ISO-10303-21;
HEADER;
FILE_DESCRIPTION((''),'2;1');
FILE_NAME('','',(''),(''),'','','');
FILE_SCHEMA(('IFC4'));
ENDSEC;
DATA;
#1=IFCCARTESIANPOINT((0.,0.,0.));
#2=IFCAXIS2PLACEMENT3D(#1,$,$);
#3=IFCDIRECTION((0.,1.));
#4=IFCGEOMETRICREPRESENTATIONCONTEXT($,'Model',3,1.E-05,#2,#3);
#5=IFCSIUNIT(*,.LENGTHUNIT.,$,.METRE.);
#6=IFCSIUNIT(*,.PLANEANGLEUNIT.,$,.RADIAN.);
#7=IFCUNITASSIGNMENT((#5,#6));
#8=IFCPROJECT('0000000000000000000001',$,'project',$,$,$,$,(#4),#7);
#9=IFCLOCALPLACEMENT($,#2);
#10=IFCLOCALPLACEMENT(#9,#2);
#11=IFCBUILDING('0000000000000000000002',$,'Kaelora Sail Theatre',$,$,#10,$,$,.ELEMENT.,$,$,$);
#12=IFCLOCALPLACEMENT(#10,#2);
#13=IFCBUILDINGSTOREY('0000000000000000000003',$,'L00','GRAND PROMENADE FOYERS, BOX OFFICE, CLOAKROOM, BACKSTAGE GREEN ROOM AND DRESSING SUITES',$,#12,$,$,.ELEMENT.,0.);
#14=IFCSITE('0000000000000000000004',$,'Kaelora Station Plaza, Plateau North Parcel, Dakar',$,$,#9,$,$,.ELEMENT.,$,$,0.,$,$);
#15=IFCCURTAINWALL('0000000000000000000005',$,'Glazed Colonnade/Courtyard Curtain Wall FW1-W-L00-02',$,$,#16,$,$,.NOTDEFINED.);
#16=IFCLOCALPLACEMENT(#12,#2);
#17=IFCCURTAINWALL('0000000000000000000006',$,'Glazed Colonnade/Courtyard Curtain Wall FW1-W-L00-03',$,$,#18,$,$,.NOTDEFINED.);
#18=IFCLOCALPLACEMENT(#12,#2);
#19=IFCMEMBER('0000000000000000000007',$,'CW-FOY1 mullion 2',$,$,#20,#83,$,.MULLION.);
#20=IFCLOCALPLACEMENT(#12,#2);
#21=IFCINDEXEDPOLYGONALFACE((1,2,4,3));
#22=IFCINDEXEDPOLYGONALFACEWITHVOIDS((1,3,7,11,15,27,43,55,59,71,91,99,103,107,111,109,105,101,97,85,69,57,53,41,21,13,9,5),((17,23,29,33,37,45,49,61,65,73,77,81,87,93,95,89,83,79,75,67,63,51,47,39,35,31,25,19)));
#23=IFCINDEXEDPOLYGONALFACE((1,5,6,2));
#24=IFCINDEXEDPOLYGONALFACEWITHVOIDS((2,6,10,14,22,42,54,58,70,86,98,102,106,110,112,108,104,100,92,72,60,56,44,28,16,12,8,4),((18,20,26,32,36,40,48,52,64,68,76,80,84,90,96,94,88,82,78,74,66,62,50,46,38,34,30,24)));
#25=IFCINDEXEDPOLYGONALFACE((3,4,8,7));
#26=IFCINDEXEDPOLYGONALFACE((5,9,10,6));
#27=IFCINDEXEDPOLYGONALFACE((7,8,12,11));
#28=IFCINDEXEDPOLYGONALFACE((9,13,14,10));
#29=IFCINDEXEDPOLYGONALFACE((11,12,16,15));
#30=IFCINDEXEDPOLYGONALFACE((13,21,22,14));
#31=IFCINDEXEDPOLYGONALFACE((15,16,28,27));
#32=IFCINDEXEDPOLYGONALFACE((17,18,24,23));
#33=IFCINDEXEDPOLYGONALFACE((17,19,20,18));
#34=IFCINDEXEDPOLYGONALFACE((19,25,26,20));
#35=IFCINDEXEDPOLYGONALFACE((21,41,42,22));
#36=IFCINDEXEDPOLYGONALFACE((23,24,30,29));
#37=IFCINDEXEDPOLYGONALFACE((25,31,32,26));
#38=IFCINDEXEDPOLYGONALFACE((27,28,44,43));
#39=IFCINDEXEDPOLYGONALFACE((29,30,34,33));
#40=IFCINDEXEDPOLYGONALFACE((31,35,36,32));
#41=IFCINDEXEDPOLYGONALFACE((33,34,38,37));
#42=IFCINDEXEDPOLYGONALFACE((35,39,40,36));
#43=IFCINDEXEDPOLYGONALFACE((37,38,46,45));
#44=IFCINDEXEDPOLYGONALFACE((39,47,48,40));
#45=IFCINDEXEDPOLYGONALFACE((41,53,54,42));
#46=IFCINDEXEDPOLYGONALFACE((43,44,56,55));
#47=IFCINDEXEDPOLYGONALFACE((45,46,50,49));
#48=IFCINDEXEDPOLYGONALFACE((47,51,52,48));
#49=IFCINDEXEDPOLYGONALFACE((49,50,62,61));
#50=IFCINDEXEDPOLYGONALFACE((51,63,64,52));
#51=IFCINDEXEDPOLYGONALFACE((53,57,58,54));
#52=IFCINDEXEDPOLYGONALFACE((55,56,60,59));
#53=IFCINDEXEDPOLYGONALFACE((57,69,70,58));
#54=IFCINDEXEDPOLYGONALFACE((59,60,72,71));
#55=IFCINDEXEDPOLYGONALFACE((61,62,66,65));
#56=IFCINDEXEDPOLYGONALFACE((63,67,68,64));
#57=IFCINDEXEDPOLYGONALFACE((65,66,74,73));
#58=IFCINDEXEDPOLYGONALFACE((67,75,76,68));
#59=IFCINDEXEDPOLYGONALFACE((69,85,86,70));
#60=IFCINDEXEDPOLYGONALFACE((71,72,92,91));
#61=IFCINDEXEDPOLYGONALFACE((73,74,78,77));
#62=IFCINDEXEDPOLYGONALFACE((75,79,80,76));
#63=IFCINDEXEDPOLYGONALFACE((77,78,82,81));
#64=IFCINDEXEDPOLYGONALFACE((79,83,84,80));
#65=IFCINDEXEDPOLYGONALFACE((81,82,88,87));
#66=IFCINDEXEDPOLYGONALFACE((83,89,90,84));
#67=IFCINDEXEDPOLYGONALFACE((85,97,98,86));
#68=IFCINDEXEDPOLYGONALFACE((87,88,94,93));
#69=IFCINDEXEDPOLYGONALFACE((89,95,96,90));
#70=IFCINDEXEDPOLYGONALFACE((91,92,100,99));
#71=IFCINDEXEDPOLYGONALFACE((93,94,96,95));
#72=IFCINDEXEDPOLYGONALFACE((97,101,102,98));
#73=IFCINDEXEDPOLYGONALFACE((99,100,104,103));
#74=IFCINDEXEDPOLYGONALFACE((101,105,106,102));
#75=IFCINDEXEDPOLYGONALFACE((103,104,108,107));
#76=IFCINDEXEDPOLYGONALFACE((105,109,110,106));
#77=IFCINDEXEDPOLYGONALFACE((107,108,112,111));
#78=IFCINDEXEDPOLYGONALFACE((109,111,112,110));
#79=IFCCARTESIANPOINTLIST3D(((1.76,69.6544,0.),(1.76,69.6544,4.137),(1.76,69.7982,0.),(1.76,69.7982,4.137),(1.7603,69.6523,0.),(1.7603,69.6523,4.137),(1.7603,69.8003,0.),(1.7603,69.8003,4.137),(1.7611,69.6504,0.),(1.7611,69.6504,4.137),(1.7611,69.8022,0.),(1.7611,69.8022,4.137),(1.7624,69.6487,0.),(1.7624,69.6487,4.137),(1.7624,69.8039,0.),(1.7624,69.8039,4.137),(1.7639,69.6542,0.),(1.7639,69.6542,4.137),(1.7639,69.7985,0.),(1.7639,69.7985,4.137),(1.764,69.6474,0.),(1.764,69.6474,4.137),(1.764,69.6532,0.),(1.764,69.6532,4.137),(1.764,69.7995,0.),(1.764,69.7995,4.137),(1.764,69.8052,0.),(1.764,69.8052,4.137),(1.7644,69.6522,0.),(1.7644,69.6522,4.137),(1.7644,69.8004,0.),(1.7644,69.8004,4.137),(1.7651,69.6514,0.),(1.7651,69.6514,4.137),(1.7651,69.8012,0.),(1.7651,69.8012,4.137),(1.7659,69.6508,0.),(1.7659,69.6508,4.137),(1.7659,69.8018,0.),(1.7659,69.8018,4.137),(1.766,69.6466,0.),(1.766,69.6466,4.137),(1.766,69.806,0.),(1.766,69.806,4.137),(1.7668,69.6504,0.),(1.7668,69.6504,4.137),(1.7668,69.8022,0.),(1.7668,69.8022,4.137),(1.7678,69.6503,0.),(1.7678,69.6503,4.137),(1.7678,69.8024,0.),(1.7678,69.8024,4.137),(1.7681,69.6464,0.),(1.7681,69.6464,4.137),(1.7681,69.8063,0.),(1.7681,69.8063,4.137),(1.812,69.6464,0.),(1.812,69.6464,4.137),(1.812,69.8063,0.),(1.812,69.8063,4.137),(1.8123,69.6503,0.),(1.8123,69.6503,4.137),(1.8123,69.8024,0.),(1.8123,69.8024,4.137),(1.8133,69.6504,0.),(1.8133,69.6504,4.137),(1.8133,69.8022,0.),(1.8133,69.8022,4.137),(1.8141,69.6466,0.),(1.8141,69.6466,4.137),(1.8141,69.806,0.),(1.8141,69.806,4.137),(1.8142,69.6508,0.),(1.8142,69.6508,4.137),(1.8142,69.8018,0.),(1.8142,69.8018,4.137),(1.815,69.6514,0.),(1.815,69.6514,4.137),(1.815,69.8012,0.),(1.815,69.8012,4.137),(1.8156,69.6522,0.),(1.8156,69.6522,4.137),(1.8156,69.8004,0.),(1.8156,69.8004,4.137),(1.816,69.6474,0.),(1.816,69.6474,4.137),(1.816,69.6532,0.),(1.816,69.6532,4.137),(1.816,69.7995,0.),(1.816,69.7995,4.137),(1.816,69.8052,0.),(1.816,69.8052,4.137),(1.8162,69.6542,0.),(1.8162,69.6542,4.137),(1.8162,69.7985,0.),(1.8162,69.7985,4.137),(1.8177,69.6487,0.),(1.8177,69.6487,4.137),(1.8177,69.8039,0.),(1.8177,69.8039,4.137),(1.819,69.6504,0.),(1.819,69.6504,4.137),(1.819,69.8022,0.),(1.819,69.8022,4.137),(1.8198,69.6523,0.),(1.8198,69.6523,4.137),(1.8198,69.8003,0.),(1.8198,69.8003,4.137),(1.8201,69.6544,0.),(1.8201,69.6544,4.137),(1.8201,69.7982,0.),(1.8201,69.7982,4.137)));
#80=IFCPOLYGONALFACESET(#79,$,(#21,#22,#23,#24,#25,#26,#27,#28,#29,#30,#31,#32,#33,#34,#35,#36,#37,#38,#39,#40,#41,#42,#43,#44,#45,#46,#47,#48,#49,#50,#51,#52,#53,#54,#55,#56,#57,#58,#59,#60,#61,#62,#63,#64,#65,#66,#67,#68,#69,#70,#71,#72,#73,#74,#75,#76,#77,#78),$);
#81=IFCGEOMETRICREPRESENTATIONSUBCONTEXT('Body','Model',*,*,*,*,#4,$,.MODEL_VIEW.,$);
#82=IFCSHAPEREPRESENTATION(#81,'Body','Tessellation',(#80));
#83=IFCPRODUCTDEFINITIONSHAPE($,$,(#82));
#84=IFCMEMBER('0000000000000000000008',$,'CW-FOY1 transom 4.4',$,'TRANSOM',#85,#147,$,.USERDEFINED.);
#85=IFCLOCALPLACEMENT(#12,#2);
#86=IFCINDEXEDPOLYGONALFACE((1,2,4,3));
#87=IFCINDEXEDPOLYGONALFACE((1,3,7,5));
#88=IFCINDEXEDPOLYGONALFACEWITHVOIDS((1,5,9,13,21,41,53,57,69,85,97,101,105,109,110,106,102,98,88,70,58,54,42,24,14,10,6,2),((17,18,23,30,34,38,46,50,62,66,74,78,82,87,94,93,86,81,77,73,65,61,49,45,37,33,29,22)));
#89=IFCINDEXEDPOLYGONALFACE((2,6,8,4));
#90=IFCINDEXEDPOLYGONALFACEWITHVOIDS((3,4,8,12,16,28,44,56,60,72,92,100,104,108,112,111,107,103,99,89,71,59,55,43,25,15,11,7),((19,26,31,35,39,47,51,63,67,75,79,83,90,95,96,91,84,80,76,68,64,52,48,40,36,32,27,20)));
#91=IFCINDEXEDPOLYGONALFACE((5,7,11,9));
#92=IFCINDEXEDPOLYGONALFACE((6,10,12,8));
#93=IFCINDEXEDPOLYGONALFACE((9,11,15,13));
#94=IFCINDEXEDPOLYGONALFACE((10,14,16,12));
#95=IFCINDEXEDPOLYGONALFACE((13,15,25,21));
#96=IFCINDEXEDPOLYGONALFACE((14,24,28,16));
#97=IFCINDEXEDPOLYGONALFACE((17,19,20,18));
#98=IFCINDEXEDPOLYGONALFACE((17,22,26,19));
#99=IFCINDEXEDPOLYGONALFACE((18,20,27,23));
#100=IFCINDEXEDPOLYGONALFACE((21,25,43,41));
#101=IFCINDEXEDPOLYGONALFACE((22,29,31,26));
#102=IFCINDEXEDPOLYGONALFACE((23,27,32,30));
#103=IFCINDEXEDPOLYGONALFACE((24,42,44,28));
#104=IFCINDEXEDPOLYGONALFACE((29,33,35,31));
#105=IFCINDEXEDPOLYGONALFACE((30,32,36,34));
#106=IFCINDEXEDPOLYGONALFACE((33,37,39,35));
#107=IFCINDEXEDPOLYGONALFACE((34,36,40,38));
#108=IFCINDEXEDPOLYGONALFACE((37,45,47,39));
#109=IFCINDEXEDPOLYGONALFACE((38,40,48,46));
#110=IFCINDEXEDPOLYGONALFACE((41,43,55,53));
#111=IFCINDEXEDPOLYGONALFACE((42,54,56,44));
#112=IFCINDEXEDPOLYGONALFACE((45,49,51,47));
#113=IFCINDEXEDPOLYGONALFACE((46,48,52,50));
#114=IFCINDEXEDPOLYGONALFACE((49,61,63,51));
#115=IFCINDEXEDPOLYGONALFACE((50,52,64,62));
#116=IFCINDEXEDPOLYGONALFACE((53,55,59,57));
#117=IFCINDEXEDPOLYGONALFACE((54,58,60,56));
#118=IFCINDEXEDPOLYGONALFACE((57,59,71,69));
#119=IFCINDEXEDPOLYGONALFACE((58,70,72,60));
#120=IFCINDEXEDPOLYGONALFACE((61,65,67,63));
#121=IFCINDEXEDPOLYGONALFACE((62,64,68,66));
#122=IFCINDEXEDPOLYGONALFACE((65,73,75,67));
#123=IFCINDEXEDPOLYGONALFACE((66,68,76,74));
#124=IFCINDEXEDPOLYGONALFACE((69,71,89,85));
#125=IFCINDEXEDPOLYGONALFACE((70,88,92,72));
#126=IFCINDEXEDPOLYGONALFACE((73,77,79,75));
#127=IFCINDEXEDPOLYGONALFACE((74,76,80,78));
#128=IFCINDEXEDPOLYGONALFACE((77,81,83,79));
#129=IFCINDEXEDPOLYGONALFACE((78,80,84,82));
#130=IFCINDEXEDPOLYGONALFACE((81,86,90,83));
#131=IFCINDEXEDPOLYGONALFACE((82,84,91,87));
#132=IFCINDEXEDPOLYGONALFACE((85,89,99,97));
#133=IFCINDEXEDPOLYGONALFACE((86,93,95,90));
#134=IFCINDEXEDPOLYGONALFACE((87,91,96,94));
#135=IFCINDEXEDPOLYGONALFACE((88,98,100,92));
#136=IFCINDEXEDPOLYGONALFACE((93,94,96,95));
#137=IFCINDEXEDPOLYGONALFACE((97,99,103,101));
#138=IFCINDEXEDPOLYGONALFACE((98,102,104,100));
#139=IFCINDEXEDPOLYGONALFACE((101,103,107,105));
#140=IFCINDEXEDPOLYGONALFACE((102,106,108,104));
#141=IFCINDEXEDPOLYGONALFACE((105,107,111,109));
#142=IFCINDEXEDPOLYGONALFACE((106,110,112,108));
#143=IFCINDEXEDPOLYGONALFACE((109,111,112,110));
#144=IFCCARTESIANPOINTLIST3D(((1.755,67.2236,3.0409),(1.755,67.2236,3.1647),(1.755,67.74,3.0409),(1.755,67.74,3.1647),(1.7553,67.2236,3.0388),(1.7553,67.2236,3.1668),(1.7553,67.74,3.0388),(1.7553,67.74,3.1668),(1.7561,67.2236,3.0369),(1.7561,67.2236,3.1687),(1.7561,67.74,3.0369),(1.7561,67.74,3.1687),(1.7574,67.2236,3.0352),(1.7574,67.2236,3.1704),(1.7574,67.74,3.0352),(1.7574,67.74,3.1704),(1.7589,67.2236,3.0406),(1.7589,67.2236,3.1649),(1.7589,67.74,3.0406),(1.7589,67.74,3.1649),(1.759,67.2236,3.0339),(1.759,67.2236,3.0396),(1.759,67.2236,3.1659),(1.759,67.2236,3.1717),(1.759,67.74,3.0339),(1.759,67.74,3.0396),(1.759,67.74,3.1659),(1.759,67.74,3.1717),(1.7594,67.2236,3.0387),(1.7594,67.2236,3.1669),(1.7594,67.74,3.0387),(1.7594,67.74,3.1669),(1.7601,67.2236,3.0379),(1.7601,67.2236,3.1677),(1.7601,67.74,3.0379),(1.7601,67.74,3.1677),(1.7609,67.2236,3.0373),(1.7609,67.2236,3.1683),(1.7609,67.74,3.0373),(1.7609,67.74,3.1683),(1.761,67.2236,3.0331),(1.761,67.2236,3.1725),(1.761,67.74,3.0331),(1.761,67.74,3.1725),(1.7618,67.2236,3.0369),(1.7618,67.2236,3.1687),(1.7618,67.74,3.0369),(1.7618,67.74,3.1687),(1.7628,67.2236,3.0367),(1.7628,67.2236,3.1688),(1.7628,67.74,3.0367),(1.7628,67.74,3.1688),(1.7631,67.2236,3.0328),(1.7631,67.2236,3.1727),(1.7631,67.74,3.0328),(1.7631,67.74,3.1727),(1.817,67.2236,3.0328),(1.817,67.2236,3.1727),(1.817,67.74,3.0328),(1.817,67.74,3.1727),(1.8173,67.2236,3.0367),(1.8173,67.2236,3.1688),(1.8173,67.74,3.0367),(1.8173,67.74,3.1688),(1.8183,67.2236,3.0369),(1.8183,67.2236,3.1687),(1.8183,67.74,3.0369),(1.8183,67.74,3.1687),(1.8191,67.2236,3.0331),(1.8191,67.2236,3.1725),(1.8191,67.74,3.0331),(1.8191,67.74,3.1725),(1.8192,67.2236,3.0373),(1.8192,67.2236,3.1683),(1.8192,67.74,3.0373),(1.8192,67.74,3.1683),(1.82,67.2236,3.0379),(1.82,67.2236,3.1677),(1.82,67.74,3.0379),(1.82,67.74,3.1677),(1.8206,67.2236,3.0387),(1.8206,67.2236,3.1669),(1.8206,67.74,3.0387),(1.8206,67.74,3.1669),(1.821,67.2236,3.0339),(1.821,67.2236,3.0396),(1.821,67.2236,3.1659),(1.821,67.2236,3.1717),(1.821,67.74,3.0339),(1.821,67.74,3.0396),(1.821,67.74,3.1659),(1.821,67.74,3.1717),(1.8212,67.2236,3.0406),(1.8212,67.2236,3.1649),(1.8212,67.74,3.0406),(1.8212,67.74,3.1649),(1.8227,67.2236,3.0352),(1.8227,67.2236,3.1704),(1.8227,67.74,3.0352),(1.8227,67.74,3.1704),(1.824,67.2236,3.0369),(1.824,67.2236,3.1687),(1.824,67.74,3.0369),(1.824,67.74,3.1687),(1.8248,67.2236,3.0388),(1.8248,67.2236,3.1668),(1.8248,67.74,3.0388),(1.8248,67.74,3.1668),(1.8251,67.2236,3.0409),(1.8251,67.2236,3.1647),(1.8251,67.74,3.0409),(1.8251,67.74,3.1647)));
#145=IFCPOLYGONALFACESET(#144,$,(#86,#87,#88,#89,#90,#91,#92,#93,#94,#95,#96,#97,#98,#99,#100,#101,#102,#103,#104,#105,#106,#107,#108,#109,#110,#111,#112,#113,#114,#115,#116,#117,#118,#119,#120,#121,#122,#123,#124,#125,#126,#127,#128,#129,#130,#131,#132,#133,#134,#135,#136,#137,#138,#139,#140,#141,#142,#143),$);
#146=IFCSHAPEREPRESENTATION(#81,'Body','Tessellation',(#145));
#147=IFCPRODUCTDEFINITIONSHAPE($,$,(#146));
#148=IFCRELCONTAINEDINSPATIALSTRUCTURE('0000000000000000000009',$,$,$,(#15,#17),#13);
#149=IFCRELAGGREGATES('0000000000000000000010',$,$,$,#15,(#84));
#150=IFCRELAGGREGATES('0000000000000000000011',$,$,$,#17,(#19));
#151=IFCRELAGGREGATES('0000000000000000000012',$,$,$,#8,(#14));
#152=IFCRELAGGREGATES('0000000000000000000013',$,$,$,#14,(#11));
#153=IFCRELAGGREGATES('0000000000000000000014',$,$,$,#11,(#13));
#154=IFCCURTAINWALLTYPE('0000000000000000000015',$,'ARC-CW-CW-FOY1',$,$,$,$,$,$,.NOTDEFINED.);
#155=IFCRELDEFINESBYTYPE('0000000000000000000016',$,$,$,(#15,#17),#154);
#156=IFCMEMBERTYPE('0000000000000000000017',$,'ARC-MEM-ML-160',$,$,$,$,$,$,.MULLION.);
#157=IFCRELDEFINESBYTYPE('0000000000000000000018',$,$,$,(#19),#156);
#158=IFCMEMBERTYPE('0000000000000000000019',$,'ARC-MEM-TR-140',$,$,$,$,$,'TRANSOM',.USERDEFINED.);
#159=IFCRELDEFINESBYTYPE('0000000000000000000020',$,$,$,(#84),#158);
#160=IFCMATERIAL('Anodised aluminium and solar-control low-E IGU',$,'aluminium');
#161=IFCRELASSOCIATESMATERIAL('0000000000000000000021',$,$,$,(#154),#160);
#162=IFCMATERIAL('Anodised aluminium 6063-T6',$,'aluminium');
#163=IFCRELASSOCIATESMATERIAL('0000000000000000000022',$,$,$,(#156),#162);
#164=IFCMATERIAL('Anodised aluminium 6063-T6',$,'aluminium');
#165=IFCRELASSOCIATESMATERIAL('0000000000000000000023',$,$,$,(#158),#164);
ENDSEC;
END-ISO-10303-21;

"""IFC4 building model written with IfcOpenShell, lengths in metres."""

from ifc_helpers import new_model, si_unit, direction, frame, origin, origin_2d, place, context, subcontext, project, spatial, hollow_rectangle, extrude, material, material_profile, profile_set, type_object, element, aggregate, save


model = new_model("IFC4")

# Units and contexts
model_context = context("Model", 3, precision=1e-05, world=origin(), true_north=direction((0.0, 1.0)))
body_context = subcontext(model_context, "Body", "Model", "MODEL_VIEW")
ifc_project = project(units=[si_unit("LENGTHUNIT", "METRE"), si_unit("PLANEANGLEUNIT", "RADIAN")], contexts=[model_context])

# Site, building, storey
site_placement = place(None, origin())
site = spatial("IfcSite", under=ifc_project, at=site_placement, Name="Kaelora Station Plaza, Plateau North Parcel, Dakar", CompositionType="ELEMENT", RefElevation=0.0)
building_placement = place(site_placement, origin())
building = spatial("IfcBuilding", under=site, at=building_placement, Name="Kaelora Sail Theatre", CompositionType="ELEMENT")
storey_placement = place(building_placement, origin())
storey = spatial("IfcBuildingStorey", under=building, at=storey_placement, Name="L00", Description="GRAND PROMENADE FOYERS, BOX OFFICE, CLOAKROOM, BACKSTAGE GREEN ROOM AND DRESSING SUITES", CompositionType="ELEMENT", Elevation=0.0)

# Curtain wall
ifc_material_1 = material(Name="Anodised aluminium and solar-control low-E IGU", Category="aluminium")
curtain_wall_type = type_object("IfcCurtainWallType", Name="ARC-CW-CW-FOY1", PredefinedType="NOTDEFINED", material=ifc_material_1)
curtain_wall_1_placement = place(storey_placement, origin())
curtain_wall_1 = element("IfcCurtainWall", 1, at=curtain_wall_1_placement, inside=storey, type_object=curtain_wall_type, Name="Glazed Colonnade/Courtyard Curtain Wall FW1-W-L00-02", PredefinedType="NOTDEFINED")
ifc_material_2 = material(Name="Anodised aluminium 6063-T6", Category="aluminium")
ifc_material_profile_1 = material_profile(ifc_material_2, hollow_rectangle(XDim=0.0601, YDim=0.1599, WallThickness=0.0039, InnerFilletRadius=0.0039, OuterFilletRadius=0.0081, at=origin_2d()), Name="ALU-MULL 60x160x4")
ifc_profile_set_1 = profile_set([ifc_material_profile_1], Name="Anodised aluminium 6063-T6")
member_type_1 = type_object("IfcMemberType", Name="ARC-MEM-ML-160", PredefinedType="MULLION", material=ifc_profile_set_1)

# Curtain wall, member
curtain_wall_2_placement = place(storey_placement, origin())
curtain_wall_2 = element("IfcCurtainWall", 2, at=curtain_wall_2_placement, inside=storey, type_object=curtain_wall_type, Name="Glazed Colonnade/Courtyard Curtain Wall FW1-W-L00-03", PredefinedType="NOTDEFINED")
member_1_placement = place(storey_placement, frame((1.79, 69.7263, 0.0), z_axis=(0.0, 0.0, 1.0), x_axis=(-1.0, 0.0, 0.0)))
member_1 = element("IfcMember", 3, at=member_1_placement, type_object=member_type_1, Name="CW-FOY1 mullion 2", PredefinedType="MULLION", context=body_context, shape_type="SweptSolid", body=[
    extrude(hollow_rectangle(XDim=0.0601, YDim=0.1599, WallThickness=0.0039, InnerFilletRadius=0.0039, OuterFilletRadius=0.0081, at=origin_2d()), origin(), (0.0, 0.0, 1.0), 4.137),
])

# Member
ifc_material_3 = material(Name="Anodised aluminium 6063-T6", Category="aluminium")
ifc_material_profile_2 = material_profile(ifc_material_3, hollow_rectangle(XDim=0.0701, YDim=0.1399, WallThickness=0.0039, InnerFilletRadius=0.0039, OuterFilletRadius=0.0081, at=origin_2d()), Name="ALU-TRAN 70x140x4")
ifc_profile_set_2 = profile_set([ifc_material_profile_2], Name="Anodised aluminium 6063-T6")
member_type_2 = type_object("IfcMemberType", Name="ARC-MEM-TR-140", ElementType="TRANSOM", PredefinedType="USERDEFINED", material=ifc_profile_set_2)
member_2_placement = place(storey_placement, frame((1.79, 67.2236, 3.1028), z_axis=(0.0, 1.0, 0.0), x_axis=(-1.0, 0.0, 0.0)))
member_2 = element("IfcMember", 4, at=member_2_placement, type_object=member_type_2, Name="CW-FOY1 transom 4.4", ObjectType="TRANSOM", PredefinedType="USERDEFINED", context=body_context, shape_type="SweptSolid", body=[
    extrude(hollow_rectangle(XDim=0.0701, YDim=0.1399, WallThickness=0.0039, InnerFilletRadius=0.0039, OuterFilletRadius=0.0081, at=origin_2d()), origin(), (0.0, 0.0, 1.0), 0.5164),
])

aggregate(curtain_wall_1, [member_2])
aggregate(curtain_wall_2, [member_1])

save(model, "model.ifc")
